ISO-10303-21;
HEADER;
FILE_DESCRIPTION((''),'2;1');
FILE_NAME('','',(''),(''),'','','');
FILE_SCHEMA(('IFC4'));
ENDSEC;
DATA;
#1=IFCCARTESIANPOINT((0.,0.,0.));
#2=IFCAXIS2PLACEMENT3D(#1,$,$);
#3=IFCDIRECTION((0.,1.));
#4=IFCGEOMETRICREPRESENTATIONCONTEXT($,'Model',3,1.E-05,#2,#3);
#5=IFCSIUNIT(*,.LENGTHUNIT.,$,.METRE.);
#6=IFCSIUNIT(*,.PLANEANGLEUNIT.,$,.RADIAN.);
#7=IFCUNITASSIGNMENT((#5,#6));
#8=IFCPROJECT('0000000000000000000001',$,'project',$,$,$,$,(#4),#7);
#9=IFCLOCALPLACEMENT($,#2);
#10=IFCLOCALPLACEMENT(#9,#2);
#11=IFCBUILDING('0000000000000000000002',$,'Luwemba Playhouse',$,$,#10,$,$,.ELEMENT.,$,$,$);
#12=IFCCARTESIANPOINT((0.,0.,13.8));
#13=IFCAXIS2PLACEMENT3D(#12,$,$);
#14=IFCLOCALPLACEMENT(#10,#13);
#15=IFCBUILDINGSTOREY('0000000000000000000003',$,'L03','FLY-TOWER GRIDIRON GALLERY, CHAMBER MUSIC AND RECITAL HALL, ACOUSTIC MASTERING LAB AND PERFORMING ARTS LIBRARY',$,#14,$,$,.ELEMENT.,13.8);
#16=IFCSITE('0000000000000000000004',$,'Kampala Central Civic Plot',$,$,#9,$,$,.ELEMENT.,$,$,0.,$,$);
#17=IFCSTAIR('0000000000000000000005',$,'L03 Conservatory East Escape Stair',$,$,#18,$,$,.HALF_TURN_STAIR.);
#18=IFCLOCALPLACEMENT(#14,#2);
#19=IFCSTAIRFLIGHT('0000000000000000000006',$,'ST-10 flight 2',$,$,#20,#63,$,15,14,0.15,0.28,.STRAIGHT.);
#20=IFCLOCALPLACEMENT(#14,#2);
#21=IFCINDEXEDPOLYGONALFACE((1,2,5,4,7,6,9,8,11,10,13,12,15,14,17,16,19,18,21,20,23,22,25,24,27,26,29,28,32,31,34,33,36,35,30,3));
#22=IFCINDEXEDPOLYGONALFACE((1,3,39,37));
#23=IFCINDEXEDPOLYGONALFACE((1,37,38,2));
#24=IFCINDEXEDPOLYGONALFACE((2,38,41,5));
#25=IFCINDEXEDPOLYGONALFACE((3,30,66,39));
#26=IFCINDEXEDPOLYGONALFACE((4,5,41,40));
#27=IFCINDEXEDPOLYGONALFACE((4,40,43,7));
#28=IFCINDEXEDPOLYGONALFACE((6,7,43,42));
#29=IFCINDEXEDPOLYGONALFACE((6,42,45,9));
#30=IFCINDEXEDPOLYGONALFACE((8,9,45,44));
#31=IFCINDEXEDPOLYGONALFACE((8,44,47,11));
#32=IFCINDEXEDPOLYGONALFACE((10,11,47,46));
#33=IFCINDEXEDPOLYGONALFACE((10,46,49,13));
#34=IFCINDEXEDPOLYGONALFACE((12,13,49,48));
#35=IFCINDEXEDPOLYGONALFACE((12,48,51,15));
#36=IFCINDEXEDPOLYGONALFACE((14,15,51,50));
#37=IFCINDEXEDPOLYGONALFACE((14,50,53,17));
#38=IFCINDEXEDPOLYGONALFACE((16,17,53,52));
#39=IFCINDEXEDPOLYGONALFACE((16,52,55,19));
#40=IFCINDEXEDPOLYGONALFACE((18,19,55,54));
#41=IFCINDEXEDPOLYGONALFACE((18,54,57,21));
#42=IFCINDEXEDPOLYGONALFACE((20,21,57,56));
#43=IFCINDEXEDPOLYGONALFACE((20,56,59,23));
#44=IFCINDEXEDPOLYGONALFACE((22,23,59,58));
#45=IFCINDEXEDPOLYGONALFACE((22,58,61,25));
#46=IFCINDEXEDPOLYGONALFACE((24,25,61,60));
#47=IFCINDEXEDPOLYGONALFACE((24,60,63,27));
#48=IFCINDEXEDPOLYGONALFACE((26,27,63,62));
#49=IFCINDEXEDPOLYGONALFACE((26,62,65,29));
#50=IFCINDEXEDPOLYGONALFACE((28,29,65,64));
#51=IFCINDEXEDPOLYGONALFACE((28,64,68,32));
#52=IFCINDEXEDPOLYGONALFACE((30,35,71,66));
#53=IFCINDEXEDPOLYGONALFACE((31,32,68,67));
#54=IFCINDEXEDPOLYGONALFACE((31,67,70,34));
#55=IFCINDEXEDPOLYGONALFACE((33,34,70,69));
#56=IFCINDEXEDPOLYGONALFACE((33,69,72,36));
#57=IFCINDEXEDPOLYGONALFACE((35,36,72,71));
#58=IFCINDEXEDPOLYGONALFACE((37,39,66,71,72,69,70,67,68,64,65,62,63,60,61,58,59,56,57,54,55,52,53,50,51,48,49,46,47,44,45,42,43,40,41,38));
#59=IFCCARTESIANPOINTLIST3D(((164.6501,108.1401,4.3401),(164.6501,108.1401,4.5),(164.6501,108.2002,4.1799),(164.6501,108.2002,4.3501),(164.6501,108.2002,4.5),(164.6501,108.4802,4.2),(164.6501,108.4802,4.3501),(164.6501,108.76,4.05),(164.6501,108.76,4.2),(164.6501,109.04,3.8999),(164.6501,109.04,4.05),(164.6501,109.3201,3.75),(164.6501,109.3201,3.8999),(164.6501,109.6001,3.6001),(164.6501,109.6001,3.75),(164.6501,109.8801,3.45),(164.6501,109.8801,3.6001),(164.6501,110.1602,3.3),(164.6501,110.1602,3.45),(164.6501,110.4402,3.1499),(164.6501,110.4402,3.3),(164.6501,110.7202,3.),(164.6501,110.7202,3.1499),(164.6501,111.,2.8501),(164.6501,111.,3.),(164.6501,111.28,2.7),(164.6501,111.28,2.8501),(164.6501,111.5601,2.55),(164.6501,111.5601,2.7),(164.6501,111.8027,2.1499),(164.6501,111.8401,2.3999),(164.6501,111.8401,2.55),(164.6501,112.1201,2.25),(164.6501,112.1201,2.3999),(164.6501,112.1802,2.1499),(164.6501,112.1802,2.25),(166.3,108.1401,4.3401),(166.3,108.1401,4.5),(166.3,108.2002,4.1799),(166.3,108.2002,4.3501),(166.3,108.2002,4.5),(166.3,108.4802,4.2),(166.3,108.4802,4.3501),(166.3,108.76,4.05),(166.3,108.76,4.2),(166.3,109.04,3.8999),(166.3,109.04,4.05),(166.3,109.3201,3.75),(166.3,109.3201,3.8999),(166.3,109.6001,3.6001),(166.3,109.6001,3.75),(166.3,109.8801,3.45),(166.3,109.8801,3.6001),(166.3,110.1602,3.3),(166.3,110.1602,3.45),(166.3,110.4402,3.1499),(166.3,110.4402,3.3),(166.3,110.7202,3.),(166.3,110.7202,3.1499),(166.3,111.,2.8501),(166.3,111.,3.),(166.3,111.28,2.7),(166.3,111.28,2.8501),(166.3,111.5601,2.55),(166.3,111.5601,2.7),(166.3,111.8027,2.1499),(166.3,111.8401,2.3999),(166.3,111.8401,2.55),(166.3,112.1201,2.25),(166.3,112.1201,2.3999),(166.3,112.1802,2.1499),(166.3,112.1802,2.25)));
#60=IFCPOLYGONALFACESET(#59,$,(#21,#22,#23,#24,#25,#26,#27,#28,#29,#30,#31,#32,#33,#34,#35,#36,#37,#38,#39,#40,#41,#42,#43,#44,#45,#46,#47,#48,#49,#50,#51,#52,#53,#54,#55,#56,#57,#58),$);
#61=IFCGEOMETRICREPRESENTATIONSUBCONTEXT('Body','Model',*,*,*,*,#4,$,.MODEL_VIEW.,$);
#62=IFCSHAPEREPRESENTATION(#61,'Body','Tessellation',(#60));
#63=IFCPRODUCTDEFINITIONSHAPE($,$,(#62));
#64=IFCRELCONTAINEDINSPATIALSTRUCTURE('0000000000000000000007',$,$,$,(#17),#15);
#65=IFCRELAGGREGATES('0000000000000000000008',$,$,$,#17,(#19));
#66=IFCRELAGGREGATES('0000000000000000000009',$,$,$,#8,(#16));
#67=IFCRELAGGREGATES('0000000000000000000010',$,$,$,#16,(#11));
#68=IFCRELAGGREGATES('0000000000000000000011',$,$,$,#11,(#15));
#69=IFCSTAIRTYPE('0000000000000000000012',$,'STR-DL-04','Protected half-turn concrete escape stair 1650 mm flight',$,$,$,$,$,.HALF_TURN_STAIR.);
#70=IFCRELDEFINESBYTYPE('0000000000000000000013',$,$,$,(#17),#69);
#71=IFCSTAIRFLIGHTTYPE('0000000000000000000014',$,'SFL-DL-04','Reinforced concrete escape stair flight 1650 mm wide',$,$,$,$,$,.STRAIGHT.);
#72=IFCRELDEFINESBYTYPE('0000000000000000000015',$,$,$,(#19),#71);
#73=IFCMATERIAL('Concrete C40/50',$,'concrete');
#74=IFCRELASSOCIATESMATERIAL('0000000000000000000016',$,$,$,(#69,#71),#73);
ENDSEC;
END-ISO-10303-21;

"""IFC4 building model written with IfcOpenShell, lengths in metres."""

from ifc_helpers import new_model, si_unit, direction, frame, origin, place, context, subcontext, project, spatial, polyline, outline, extrude, material, type_object, element, aggregate, save


model = new_model("IFC4")

# Units and contexts
model_context = context("Model", 3, precision=1e-05, world=origin(), true_north=direction((0.0, 1.0)))
body_context = subcontext(model_context, "Body", "Model", "MODEL_VIEW")
ifc_project = project(units=[si_unit("LENGTHUNIT", "METRE"), si_unit("PLANEANGLEUNIT", "RADIAN")], contexts=[model_context])

# Site, building, storey
site_placement = place(None, origin())
site = spatial("IfcSite", under=ifc_project, at=site_placement, Name="Kampala Central Civic Plot", CompositionType="ELEMENT", RefElevation=0.0)
building_placement = place(site_placement, origin())
building = spatial("IfcBuilding", under=site, at=building_placement, Name="Luwemba Playhouse", CompositionType="ELEMENT")
storey_placement = place(building_placement, frame((0.0, 0.0, 13.8)))
storey = spatial("IfcBuildingStorey", under=building, at=storey_placement, Name="L03", Description="FLY-TOWER GRIDIRON GALLERY, CHAMBER MUSIC AND RECITAL HALL, ACOUSTIC MASTERING LAB AND PERFORMING ARTS LIBRARY", CompositionType="ELEMENT", Elevation=13.8)

# Shared definitions
ifc_material_1 = material(Name="Concrete C40/50", Category="concrete")

# Stair, stair flight
stair_type = type_object("IfcStairType", Name="STR-DL-04", Description="Protected half-turn concrete escape stair 1650 mm flight", PredefinedType="HALF_TURN_STAIR", material=ifc_material_1)
stair_placement = place(storey_placement, origin())
stair = element("IfcStair", 1, at=stair_placement, inside=storey, type_object=stair_type, Name="L03 Conservatory East Escape Stair", PredefinedType="HALF_TURN_STAIR")
stair_flight_type = type_object("IfcStairFlightType", Name="SFL-DL-04", Description="Reinforced concrete escape stair flight 1650 mm wide", PredefinedType="STRAIGHT", material=ifc_material_1)
stair_flight_1_placement = place(storey_placement, frame((165.4751, 112.1201, 2.25), z_axis=(0.0, 0.0, 1.0), x_axis=(0.0, -1.0, 0.0)))
stair_flight_1 = element("IfcStairFlight", 2, at=stair_flight_1_placement, type_object=stair_flight_type, Name="ST-10 flight 2", NumberOfRisers=15, NumberOfTreads=14, PredefinedType="STRAIGHT", RiserHeight=0.15, TreadLength=0.28, context=body_context, shape_type="SweptSolid", body=[
    extrude(outline(polyline([(-0.0601, -0.1001), (-0.0601, 0.0), (0.0, 0.0), (0.0, 0.1499), (0.28, 0.1499), (0.28, 0.3), (0.5601, 0.3), (0.5601, 0.45), (0.8401, 0.45), (0.8401, 0.6001), (1.1201, 0.6001), (1.1201, 0.75), (1.3999, 0.75), (1.3999, 0.8999), (1.6799, 0.8999), (1.6799, 1.05), (1.96, 1.05), (1.96, 1.2), (2.24, 1.2), (2.24, 1.3501), (2.52, 1.3501), (2.52, 1.5), (2.8, 1.5), (2.8, 1.6499), (3.0801, 1.6499), (3.0801, 1.8), (3.3601, 1.8), (3.3601, 1.95), (3.6399, 1.95), (3.6399, 2.1001), (3.9199, 2.1001), (3.9199, 2.25), (3.98, 2.25), (3.98, 2.0901), (3.9199, 1.9299), (0.3174, -0.1001), (-0.0601, -0.1001)])), frame((0.0, 0.825, 0.0), z_axis=(0.0, -1.0, 0.0), x_axis=(1.0, 0.0, 0.0)), (0.0, 0.0, 1.0), 1.6499),
])
aggregate(stair, [stair_flight_1])

save(model, "model.ifc")
